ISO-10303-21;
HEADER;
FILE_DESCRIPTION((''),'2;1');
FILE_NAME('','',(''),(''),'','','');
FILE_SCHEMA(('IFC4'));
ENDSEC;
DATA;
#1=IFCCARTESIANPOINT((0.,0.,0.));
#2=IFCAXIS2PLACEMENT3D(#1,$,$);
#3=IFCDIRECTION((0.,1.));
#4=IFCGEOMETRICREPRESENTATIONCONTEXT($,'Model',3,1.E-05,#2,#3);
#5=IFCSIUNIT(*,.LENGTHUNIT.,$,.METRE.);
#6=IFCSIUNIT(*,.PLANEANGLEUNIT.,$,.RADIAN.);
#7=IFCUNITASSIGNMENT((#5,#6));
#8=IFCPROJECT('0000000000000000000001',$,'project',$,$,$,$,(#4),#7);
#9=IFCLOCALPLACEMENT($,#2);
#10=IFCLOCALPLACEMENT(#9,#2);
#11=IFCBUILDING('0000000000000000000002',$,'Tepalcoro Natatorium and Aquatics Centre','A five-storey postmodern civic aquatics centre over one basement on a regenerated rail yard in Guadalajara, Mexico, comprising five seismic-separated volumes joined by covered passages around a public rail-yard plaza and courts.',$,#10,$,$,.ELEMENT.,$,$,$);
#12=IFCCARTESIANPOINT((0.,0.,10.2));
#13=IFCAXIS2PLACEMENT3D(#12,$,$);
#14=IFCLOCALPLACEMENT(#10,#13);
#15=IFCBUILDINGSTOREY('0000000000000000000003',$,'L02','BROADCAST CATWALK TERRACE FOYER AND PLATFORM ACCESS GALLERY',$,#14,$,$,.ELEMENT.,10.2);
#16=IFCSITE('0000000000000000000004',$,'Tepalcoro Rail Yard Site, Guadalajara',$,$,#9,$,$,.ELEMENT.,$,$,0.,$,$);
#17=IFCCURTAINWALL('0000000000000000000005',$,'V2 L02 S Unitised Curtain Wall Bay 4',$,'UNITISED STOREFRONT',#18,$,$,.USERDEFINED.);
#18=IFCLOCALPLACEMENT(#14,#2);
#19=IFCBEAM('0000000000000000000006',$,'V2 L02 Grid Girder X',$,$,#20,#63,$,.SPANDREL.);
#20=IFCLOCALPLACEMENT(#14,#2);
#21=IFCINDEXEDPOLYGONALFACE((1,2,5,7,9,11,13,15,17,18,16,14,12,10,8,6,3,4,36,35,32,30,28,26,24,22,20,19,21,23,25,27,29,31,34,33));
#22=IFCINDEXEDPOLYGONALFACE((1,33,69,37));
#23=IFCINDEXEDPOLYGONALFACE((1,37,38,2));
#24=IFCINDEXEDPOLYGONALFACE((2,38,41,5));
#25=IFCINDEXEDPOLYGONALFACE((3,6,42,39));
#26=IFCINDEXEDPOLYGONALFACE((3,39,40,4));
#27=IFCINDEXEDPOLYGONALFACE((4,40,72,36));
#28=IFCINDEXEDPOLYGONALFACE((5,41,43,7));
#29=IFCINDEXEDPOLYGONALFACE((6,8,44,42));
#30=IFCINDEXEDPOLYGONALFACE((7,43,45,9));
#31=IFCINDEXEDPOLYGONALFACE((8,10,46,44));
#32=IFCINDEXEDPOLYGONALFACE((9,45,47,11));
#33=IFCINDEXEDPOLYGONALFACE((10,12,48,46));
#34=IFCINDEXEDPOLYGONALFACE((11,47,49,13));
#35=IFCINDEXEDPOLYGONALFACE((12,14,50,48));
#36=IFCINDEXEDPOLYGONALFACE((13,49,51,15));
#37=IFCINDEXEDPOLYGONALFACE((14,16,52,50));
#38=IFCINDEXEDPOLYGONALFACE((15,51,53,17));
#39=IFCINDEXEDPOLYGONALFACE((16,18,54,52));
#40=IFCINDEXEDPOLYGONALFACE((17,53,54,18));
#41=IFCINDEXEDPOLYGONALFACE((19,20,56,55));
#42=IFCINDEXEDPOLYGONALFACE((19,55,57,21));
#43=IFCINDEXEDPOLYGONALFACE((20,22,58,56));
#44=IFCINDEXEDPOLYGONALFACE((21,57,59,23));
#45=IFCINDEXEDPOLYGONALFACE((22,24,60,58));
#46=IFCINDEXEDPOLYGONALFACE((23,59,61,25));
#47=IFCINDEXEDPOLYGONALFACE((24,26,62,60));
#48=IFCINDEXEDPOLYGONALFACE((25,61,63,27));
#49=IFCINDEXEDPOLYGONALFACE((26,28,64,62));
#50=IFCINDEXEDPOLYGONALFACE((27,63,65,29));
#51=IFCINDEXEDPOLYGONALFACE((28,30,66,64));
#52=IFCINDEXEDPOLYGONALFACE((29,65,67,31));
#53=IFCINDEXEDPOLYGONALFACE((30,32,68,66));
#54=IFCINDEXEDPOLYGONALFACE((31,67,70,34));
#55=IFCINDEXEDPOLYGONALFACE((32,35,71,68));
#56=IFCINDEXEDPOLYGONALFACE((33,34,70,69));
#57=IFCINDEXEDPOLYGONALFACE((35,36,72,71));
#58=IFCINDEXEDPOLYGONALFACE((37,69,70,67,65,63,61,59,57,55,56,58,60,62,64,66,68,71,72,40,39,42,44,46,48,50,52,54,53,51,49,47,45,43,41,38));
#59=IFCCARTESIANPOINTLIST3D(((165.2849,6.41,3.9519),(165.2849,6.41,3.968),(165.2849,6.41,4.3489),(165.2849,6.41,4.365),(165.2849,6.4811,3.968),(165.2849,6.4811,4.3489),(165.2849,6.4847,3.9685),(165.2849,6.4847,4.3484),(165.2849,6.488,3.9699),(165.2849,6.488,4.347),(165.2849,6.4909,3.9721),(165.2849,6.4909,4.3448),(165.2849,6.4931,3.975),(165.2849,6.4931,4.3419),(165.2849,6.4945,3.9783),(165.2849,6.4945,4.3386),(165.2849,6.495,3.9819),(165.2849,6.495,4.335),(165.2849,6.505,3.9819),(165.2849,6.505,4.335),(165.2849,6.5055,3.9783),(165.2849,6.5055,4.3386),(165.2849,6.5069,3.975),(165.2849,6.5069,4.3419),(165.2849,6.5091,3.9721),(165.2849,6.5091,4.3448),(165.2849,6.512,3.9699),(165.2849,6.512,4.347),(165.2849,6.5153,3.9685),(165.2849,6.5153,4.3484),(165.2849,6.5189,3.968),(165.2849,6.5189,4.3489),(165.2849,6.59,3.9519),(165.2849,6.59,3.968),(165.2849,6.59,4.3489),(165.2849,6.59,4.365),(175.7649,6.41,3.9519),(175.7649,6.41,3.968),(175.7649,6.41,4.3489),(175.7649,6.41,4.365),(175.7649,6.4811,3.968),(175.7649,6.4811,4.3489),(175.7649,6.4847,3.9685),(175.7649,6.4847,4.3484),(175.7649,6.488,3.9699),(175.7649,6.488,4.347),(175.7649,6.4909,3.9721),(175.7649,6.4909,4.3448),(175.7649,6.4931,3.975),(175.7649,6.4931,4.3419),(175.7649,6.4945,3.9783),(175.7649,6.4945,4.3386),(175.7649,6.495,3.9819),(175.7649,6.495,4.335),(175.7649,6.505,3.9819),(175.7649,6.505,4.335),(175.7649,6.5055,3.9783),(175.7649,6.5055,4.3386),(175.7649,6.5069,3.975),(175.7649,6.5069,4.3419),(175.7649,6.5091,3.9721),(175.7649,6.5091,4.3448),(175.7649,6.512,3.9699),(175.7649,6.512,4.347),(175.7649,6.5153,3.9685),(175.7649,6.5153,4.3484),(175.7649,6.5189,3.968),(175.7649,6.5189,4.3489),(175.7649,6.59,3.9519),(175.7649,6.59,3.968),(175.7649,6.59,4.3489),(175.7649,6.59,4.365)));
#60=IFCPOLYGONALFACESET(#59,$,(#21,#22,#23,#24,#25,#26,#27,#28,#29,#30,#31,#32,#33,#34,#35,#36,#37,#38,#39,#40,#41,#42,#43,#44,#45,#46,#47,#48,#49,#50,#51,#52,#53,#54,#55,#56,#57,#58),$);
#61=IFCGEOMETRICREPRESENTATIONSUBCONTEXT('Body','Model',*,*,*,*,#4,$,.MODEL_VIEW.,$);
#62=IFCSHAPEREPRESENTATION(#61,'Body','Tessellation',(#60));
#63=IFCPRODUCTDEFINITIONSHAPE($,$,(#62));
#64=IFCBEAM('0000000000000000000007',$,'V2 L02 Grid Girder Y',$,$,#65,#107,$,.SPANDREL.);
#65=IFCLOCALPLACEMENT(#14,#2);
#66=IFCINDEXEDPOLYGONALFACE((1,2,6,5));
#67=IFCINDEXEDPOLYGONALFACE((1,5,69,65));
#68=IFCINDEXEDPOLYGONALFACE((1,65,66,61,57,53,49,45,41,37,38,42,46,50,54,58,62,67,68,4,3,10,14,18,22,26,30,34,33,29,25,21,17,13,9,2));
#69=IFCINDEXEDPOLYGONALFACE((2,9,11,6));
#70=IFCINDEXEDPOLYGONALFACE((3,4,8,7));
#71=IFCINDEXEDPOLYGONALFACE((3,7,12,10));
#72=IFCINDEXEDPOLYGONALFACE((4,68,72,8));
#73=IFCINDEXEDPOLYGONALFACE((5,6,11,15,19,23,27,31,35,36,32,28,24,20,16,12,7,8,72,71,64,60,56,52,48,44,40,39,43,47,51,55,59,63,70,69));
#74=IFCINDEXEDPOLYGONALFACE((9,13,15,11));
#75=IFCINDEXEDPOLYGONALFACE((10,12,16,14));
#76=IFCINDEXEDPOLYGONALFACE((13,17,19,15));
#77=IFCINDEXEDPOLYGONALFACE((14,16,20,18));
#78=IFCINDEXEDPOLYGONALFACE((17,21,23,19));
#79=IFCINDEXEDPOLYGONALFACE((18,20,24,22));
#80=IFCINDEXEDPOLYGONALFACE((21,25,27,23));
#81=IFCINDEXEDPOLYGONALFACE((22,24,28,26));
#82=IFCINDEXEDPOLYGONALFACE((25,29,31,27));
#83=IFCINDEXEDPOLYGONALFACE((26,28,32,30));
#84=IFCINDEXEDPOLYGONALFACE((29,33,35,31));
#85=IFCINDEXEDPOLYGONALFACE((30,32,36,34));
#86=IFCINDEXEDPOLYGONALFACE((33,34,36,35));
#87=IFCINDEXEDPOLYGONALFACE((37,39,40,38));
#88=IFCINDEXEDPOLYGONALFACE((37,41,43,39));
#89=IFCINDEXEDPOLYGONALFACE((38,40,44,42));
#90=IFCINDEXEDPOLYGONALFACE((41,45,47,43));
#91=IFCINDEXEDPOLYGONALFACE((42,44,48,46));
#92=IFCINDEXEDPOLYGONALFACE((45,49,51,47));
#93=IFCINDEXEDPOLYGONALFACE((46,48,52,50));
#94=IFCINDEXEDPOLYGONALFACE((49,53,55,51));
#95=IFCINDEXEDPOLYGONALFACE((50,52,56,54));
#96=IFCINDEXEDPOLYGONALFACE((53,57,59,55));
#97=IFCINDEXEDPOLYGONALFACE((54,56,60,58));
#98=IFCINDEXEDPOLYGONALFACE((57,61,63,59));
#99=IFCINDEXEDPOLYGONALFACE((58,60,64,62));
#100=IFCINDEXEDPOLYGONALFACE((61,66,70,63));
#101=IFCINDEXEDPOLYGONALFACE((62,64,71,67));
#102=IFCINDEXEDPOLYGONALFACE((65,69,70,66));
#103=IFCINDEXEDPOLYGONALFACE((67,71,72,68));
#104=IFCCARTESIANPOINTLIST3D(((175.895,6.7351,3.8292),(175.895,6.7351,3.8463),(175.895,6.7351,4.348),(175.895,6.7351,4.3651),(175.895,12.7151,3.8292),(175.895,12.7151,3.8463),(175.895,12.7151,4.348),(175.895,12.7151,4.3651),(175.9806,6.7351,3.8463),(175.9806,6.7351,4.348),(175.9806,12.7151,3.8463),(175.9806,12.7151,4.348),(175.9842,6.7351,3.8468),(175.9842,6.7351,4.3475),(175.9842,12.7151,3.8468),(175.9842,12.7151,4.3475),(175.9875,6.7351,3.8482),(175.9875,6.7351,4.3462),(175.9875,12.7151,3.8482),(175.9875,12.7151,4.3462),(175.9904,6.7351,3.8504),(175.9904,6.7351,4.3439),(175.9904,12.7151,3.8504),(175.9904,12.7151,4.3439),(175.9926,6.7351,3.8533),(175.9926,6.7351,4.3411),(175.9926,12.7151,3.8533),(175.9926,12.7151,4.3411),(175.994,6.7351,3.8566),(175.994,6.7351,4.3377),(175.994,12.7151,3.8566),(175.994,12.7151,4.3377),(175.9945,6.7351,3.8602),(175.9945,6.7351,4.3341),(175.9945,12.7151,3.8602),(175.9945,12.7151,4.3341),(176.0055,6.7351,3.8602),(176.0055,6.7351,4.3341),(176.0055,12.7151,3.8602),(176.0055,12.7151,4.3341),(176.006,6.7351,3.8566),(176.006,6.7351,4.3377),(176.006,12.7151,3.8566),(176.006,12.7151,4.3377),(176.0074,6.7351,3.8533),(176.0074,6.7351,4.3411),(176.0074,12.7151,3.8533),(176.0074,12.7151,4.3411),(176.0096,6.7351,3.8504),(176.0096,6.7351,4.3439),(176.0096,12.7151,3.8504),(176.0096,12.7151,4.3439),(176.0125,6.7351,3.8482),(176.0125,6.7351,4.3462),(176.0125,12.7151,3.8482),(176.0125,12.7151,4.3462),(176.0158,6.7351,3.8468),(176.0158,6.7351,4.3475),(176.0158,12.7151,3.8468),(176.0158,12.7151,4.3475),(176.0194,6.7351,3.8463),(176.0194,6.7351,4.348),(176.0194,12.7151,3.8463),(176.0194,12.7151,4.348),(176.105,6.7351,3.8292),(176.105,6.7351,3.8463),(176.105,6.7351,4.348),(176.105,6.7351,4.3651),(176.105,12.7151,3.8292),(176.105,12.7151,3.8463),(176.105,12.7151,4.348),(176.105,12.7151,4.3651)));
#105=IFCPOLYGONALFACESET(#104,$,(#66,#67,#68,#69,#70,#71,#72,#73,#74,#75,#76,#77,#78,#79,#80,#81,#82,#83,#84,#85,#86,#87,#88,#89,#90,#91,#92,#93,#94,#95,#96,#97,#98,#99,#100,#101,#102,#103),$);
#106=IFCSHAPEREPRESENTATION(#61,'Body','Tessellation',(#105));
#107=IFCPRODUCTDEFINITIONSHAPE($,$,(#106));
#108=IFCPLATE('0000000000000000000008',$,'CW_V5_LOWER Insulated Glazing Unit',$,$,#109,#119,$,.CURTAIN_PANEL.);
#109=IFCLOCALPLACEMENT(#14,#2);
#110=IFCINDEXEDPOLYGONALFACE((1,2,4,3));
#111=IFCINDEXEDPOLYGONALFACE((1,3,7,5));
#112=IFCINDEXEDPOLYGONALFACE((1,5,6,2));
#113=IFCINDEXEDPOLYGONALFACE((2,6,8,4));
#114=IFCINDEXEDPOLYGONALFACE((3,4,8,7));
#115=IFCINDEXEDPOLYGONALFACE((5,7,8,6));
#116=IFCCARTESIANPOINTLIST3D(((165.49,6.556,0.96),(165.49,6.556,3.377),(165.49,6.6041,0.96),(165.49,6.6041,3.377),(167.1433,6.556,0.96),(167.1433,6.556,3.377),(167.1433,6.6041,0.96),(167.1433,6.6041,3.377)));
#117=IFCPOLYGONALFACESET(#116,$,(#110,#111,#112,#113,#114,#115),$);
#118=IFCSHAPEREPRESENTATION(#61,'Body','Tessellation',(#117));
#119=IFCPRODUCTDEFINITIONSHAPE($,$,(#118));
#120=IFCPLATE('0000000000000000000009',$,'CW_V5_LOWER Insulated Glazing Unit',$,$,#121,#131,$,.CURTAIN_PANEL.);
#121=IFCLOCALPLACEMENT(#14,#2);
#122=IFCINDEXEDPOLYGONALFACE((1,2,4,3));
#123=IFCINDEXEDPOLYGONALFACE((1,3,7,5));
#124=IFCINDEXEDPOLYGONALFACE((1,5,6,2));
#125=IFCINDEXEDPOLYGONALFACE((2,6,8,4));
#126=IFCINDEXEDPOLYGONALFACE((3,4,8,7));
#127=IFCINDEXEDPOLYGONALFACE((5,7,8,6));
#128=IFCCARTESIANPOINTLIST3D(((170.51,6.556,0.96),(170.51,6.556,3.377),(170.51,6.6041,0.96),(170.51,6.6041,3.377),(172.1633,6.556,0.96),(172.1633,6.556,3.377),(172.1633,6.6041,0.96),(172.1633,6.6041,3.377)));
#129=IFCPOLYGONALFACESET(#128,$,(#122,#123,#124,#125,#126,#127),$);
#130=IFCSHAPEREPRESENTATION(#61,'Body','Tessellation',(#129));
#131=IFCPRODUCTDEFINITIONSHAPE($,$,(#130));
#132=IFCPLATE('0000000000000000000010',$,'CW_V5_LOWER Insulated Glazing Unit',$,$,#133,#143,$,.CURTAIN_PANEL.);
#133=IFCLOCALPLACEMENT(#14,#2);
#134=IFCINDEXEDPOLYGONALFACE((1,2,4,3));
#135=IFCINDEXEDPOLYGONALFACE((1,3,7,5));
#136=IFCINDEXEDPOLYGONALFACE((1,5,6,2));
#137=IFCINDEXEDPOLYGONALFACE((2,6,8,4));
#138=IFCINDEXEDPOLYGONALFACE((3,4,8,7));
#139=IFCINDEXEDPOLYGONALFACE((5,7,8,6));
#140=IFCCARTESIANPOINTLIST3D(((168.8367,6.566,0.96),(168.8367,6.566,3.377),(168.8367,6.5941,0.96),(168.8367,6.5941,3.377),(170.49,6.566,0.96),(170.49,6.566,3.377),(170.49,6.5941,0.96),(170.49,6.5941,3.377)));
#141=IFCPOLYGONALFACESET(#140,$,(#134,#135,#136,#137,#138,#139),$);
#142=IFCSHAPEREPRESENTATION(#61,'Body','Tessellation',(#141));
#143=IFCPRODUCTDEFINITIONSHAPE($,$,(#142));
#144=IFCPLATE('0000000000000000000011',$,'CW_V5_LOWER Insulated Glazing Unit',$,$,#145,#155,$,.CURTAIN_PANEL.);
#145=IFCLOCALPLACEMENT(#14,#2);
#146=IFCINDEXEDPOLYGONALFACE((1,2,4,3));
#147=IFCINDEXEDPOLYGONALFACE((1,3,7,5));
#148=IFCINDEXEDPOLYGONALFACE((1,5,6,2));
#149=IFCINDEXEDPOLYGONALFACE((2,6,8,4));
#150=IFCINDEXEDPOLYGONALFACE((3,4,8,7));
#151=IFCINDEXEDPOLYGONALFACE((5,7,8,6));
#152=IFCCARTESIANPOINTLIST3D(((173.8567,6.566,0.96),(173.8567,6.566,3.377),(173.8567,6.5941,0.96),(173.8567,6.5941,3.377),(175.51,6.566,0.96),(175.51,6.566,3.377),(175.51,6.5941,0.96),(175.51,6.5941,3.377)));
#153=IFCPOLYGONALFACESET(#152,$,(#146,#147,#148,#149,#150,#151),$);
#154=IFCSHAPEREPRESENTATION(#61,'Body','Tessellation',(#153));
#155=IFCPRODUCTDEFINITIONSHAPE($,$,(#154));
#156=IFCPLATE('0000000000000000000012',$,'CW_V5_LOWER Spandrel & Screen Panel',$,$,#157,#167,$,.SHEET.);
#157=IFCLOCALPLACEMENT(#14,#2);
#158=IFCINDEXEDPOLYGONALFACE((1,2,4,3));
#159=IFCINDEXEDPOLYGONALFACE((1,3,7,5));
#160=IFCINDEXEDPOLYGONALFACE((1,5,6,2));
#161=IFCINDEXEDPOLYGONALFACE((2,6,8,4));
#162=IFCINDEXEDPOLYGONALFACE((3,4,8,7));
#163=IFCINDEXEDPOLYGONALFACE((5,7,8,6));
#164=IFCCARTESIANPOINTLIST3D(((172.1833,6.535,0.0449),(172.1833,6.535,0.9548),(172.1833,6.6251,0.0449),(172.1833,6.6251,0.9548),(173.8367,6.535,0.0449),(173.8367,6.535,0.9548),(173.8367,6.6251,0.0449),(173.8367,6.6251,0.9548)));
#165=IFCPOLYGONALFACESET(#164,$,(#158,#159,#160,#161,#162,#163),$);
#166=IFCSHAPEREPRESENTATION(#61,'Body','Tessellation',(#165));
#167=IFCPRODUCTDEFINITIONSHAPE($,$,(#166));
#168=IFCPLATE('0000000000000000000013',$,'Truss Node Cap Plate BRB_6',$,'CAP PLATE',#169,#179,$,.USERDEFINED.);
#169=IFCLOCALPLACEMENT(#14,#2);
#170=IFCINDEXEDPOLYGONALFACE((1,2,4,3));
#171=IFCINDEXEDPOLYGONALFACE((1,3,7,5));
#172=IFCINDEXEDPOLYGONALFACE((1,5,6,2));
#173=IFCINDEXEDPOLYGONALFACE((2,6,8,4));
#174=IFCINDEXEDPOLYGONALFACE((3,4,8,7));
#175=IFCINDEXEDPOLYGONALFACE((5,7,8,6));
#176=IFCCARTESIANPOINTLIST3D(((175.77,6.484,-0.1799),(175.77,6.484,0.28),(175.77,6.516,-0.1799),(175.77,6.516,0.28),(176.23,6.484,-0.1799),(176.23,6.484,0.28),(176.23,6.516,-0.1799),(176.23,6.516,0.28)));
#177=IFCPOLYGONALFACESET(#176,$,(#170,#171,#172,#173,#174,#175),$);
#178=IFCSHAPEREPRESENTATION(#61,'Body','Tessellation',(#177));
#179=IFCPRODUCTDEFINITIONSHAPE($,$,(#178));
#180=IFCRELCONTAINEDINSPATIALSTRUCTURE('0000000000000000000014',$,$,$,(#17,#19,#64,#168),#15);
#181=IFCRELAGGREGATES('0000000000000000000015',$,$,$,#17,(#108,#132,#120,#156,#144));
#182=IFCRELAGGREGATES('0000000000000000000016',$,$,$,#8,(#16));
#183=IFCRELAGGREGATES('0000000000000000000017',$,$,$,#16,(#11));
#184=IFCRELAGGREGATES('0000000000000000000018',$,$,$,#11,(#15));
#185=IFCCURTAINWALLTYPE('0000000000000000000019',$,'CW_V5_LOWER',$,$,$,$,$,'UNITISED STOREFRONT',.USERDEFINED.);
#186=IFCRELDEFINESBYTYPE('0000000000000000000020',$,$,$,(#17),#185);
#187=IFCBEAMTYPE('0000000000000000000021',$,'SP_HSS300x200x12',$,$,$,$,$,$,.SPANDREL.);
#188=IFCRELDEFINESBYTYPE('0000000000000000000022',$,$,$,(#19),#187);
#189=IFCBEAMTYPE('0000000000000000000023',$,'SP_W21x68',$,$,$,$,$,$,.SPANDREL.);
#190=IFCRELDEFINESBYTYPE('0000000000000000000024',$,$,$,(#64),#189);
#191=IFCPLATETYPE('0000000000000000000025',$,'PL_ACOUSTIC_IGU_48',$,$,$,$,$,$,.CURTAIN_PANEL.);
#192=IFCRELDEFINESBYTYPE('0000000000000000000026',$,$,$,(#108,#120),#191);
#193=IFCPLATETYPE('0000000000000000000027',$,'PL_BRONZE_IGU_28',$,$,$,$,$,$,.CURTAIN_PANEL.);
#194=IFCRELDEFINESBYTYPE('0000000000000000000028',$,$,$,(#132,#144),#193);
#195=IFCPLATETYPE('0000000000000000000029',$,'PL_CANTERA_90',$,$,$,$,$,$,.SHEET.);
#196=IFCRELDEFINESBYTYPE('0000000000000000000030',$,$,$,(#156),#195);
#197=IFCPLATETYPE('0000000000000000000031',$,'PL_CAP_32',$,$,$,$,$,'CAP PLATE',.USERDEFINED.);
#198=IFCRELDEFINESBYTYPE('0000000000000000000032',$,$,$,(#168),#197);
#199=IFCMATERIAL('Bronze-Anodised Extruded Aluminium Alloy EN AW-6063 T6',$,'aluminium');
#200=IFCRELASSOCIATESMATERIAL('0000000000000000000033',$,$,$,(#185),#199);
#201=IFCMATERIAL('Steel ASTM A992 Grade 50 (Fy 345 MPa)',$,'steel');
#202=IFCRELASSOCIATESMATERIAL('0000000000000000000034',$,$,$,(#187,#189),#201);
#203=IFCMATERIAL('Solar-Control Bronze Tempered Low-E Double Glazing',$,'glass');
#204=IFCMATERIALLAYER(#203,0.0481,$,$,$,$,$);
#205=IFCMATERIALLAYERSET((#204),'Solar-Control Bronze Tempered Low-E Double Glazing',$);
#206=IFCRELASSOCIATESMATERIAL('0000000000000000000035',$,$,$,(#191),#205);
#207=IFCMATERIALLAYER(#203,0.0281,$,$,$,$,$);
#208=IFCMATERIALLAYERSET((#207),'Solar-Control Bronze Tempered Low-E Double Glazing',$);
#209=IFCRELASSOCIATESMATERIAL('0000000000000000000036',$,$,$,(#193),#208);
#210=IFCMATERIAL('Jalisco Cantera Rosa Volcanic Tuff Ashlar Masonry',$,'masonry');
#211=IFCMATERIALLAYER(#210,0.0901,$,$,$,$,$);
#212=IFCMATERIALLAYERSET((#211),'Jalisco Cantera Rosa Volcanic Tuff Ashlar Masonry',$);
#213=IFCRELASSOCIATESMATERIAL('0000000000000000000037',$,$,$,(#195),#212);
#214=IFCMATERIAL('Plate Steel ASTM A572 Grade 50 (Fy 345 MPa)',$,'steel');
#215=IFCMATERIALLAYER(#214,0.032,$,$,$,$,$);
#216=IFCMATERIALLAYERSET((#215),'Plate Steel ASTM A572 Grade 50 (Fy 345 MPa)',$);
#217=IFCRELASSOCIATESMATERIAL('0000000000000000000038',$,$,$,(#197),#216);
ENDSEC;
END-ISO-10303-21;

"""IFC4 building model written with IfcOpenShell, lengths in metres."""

from ifc_helpers import new_model, si_unit, direction, frame, origin, origin_2d, place, context, subcontext, project, spatial, rectangle, i_section, extrude, material, layer, layer_set, material_profile, profile_set, type_object, element, aggregate, save


model = new_model("IFC4")

# Units and contexts
model_context = context("Model", 3, precision=1e-05, world=origin(), true_north=direction((0.0, 1.0)))
body_context = subcontext(model_context, "Body", "Model", "MODEL_VIEW")
ifc_project = project(units=[si_unit("LENGTHUNIT", "METRE"), si_unit("PLANEANGLEUNIT", "RADIAN")], contexts=[model_context])

# Site, building, storey
site_placement = place(None, origin())
site = spatial("IfcSite", under=ifc_project, at=site_placement, Name="Tepalcoro Rail Yard Site, Guadalajara", CompositionType="ELEMENT", RefElevation=0.0)
building_placement = place(site_placement, origin())
building = spatial("IfcBuilding", under=site, at=building_placement, Name="Tepalcoro Natatorium and Aquatics Centre", Description="A five-storey postmodern civic aquatics centre over one basement on a regenerated rail yard in Guadalajara, Mexico, comprising five seismic-separated volumes joined by covered passages around a public rail-yard plaza and courts.", CompositionType="ELEMENT")
storey_placement = place(building_placement, frame((0.0, 0.0, 10.2)))
storey = spatial("IfcBuildingStorey", under=building, at=storey_placement, Name="L02", Description="BROADCAST CATWALK TERRACE FOYER AND PLATFORM ACCESS GALLERY", CompositionType="ELEMENT", Elevation=10.2)

# Shared definitions
ifc_material_1 = material(Name="Steel ASTM A992 Grade 50 (Fy 345 MPa)", Category="steel")

# Shared definitions
ifc_material_2 = material(Name="Bronze-Anodised Extruded Aluminium Alloy EN AW-6063 T6", Category="aluminium")

# Curtain wall
curtain_wall_type_1 = type_object("IfcCurtainWallType", Name="CW_V5_LOWER", ElementType="UNITISED STOREFRONT", PredefinedType="USERDEFINED", material=ifc_material_2)
curtain_wall_1_placement = place(storey_placement, origin())
curtain_wall_1 = element("IfcCurtainWall", 1, at=curtain_wall_1_placement, inside=storey, type_object=curtain_wall_type_1, Name="V2 L02 S Unitised Curtain Wall Bay 4", ObjectType="UNITISED STOREFRONT", PredefinedType="USERDEFINED")

# Beams
ifc_material_profile_1 = material_profile(ifc_material_1, i_section(OverallWidth=0.1799, OverallDepth=0.4131, WebThickness=0.01, FlangeThickness=0.0161, FilletRadius=0.0139, at=origin_2d()), Name="W16X50")
ifc_profile_set_1 = profile_set([ifc_material_profile_1], Name="Steel ASTM A992 Grade 50 (Fy 345 MPa)")
beam_type_1 = type_object("IfcBeamType", Name="SP_HSS300x200x12", PredefinedType="SPANDREL", material=ifc_profile_set_1)
beam_1_placement = place(storey_placement, frame((165.2849, 6.5, 4.1584), z_axis=(1.0, 0.0, 0.0), x_axis=(0.0, 1.0, 0.0)))
element("IfcBeam", 2, at=beam_1_placement, inside=storey, type_object=beam_type_1, Name="V2 L02 Grid Girder X", PredefinedType="SPANDREL", context=body_context, shape_type="SweptSolid", body=[
    extrude(i_section(OverallWidth=0.1799, OverallDepth=0.4131, WebThickness=0.01, FlangeThickness=0.0161, FilletRadius=0.0139, at=origin_2d()), origin(), (0.0, 0.0, 1.0), 10.48),
])
ifc_material_profile_2 = material_profile(ifc_material_1, i_section(OverallWidth=0.21, OverallDepth=0.5359, WebThickness=0.011, FlangeThickness=0.0171, FilletRadius=0.0139, at=origin_2d()), Name="W21X68")
ifc_profile_set_2 = profile_set([ifc_material_profile_2], Name="Steel ASTM A992 Grade 50 (Fy 345 MPa)")
beam_type_2 = type_object("IfcBeamType", Name="SP_W21x68", PredefinedType="SPANDREL", material=ifc_profile_set_2)
beam_2_placement = place(storey_placement, frame((176.0, 6.7351, 4.0972), z_axis=(0.0, 1.0, 0.0), x_axis=(-1.0, 0.0, 0.0)))
element("IfcBeam", 3, at=beam_2_placement, inside=storey, type_object=beam_type_2, Name="V2 L02 Grid Girder Y", PredefinedType="SPANDREL", context=body_context, shape_type="SweptSolid", body=[
    extrude(i_section(OverallWidth=0.21, OverallDepth=0.5359, WebThickness=0.011, FlangeThickness=0.0171, FilletRadius=0.0139, at=origin_2d()), origin(), (0.0, 0.0, 1.0), 5.98),
])

# Plates
ifc_material_3 = material(Name="Solar-Control Bronze Tempered Low-E Double Glazing", Category="glass")
ifc_layer_1 = layer(ifc_material_3, 0.0481)
ifc_layer_set_1 = layer_set([ifc_layer_1], Name="Solar-Control Bronze Tempered Low-E Double Glazing")
plate_type_1 = type_object("IfcPlateType", Name="PL_ACOUSTIC_IGU_48", PredefinedType="CURTAIN_PANEL", material=ifc_layer_set_1)
plate_1_placement = place(storey_placement, frame((166.3167, 6.5801, 0.96), z_axis=(0.0, 0.0, 1.0), x_axis=(1.0, 0.0, 0.0)))
plate_1 = element("IfcPlate", 4, at=plate_1_placement, type_object=plate_type_1, Name="CW_V5_LOWER Insulated Glazing Unit", PredefinedType="CURTAIN_PANEL", context=body_context, shape_type="SweptSolid", body=[
    extrude(rectangle(XDim=1.6533, YDim=0.0481, at=origin_2d()), origin(), (0.0, 0.0, 1.0), 2.417),
])
plate_2_placement = place(storey_placement, frame((171.3367, 6.5801, 0.96), z_axis=(0.0, 0.0, 1.0), x_axis=(1.0, 0.0, 0.0)))
plate_2 = element("IfcPlate", 5, at=plate_2_placement, type_object=plate_type_1, Name="CW_V5_LOWER Insulated Glazing Unit", PredefinedType="CURTAIN_PANEL", context=body_context, shape_type="SweptSolid", body=[
    extrude(rectangle(XDim=1.6533, YDim=0.0481, at=origin_2d()), origin(), (0.0, 0.0, 1.0), 2.417),
])
ifc_layer_2 = layer(ifc_material_3, 0.0281)
ifc_layer_set_2 = layer_set([ifc_layer_2], Name="Solar-Control Bronze Tempered Low-E Double Glazing")
plate_type_2 = type_object("IfcPlateType", Name="PL_BRONZE_IGU_28", PredefinedType="CURTAIN_PANEL", material=ifc_layer_set_2)
plate_3_placement = place(storey_placement, frame((169.6633, 6.5801, 0.96), z_axis=(0.0, 0.0, 1.0), x_axis=(1.0, 0.0, 0.0)))
plate_3 = element("IfcPlate", 6, at=plate_3_placement, type_object=plate_type_2, Name="CW_V5_LOWER Insulated Glazing Unit", PredefinedType="CURTAIN_PANEL", context=body_context, shape_type="SweptSolid", body=[
    extrude(rectangle(XDim=1.6533, YDim=0.0281, at=origin_2d()), origin(), (0.0, 0.0, 1.0), 2.417),
])
plate_4_placement = place(storey_placement, frame((174.6833, 6.5801, 0.96), z_axis=(0.0, 0.0, 1.0), x_axis=(1.0, 0.0, 0.0)))
plate_4 = element("IfcPlate", 7, at=plate_4_placement, type_object=plate_type_2, Name="CW_V5_LOWER Insulated Glazing Unit", PredefinedType="CURTAIN_PANEL", context=body_context, shape_type="SweptSolid", body=[
    extrude(rectangle(XDim=1.6533, YDim=0.0281, at=origin_2d()), origin(), (0.0, 0.0, 1.0), 2.417),
])
ifc_material_4 = material(Name="Jalisco Cantera Rosa Volcanic Tuff Ashlar Masonry", Category="masonry")
ifc_layer_3 = layer(ifc_material_4, 0.0901)
ifc_layer_set_3 = layer_set([ifc_layer_3], Name="Jalisco Cantera Rosa Volcanic Tuff Ashlar Masonry")
plate_type_3 = type_object("IfcPlateType", Name="PL_CANTERA_90", PredefinedType="SHEET", material=ifc_layer_set_3)
plate_5_placement = place(storey_placement, frame((173.01, 6.5801, 0.0449), z_axis=(0.0, 0.0, 1.0), x_axis=(1.0, 0.0, 0.0)))
plate_5 = element("IfcPlate", 8, at=plate_5_placement, type_object=plate_type_3, Name="CW_V5_LOWER Spandrel & Screen Panel", PredefinedType="SHEET", context=body_context, shape_type="SweptSolid", body=[
    extrude(rectangle(XDim=1.6533, YDim=0.0901, at=origin_2d()), origin(), (0.0, 0.0, 1.0), 0.9099),
])
ifc_material_5 = material(Name="Plate Steel ASTM A572 Grade 50 (Fy 345 MPa)", Category="steel")
ifc_layer_4 = layer(ifc_material_5, 0.032)
ifc_layer_set_4 = layer_set([ifc_layer_4], Name="Plate Steel ASTM A572 Grade 50 (Fy 345 MPa)")
plate_type_4 = type_object("IfcPlateType", Name="PL_CAP_32", ElementType="CAP PLATE", PredefinedType="USERDEFINED", material=ifc_layer_set_4)
plate_6_placement = place(storey_placement, frame((176.0, 6.5, -0.1799), z_axis=(0.0, 0.0, 1.0), x_axis=(1.0, 0.0, 0.0)))
element("IfcPlate", 9, at=plate_6_placement, inside=storey, type_object=plate_type_4, Name="Truss Node Cap Plate BRB_6", ObjectType="CAP PLATE", PredefinedType="USERDEFINED", context=body_context, shape_type="SweptSolid", body=[
    extrude(rectangle(XDim=0.46, YDim=0.032, at=origin_2d()), origin(), (0.0, 0.0, 1.0), 0.46),
])
aggregate(curtain_wall_1, [plate_1, plate_3, plate_2, plate_5, plate_4])

save(model, "model.ifc")
